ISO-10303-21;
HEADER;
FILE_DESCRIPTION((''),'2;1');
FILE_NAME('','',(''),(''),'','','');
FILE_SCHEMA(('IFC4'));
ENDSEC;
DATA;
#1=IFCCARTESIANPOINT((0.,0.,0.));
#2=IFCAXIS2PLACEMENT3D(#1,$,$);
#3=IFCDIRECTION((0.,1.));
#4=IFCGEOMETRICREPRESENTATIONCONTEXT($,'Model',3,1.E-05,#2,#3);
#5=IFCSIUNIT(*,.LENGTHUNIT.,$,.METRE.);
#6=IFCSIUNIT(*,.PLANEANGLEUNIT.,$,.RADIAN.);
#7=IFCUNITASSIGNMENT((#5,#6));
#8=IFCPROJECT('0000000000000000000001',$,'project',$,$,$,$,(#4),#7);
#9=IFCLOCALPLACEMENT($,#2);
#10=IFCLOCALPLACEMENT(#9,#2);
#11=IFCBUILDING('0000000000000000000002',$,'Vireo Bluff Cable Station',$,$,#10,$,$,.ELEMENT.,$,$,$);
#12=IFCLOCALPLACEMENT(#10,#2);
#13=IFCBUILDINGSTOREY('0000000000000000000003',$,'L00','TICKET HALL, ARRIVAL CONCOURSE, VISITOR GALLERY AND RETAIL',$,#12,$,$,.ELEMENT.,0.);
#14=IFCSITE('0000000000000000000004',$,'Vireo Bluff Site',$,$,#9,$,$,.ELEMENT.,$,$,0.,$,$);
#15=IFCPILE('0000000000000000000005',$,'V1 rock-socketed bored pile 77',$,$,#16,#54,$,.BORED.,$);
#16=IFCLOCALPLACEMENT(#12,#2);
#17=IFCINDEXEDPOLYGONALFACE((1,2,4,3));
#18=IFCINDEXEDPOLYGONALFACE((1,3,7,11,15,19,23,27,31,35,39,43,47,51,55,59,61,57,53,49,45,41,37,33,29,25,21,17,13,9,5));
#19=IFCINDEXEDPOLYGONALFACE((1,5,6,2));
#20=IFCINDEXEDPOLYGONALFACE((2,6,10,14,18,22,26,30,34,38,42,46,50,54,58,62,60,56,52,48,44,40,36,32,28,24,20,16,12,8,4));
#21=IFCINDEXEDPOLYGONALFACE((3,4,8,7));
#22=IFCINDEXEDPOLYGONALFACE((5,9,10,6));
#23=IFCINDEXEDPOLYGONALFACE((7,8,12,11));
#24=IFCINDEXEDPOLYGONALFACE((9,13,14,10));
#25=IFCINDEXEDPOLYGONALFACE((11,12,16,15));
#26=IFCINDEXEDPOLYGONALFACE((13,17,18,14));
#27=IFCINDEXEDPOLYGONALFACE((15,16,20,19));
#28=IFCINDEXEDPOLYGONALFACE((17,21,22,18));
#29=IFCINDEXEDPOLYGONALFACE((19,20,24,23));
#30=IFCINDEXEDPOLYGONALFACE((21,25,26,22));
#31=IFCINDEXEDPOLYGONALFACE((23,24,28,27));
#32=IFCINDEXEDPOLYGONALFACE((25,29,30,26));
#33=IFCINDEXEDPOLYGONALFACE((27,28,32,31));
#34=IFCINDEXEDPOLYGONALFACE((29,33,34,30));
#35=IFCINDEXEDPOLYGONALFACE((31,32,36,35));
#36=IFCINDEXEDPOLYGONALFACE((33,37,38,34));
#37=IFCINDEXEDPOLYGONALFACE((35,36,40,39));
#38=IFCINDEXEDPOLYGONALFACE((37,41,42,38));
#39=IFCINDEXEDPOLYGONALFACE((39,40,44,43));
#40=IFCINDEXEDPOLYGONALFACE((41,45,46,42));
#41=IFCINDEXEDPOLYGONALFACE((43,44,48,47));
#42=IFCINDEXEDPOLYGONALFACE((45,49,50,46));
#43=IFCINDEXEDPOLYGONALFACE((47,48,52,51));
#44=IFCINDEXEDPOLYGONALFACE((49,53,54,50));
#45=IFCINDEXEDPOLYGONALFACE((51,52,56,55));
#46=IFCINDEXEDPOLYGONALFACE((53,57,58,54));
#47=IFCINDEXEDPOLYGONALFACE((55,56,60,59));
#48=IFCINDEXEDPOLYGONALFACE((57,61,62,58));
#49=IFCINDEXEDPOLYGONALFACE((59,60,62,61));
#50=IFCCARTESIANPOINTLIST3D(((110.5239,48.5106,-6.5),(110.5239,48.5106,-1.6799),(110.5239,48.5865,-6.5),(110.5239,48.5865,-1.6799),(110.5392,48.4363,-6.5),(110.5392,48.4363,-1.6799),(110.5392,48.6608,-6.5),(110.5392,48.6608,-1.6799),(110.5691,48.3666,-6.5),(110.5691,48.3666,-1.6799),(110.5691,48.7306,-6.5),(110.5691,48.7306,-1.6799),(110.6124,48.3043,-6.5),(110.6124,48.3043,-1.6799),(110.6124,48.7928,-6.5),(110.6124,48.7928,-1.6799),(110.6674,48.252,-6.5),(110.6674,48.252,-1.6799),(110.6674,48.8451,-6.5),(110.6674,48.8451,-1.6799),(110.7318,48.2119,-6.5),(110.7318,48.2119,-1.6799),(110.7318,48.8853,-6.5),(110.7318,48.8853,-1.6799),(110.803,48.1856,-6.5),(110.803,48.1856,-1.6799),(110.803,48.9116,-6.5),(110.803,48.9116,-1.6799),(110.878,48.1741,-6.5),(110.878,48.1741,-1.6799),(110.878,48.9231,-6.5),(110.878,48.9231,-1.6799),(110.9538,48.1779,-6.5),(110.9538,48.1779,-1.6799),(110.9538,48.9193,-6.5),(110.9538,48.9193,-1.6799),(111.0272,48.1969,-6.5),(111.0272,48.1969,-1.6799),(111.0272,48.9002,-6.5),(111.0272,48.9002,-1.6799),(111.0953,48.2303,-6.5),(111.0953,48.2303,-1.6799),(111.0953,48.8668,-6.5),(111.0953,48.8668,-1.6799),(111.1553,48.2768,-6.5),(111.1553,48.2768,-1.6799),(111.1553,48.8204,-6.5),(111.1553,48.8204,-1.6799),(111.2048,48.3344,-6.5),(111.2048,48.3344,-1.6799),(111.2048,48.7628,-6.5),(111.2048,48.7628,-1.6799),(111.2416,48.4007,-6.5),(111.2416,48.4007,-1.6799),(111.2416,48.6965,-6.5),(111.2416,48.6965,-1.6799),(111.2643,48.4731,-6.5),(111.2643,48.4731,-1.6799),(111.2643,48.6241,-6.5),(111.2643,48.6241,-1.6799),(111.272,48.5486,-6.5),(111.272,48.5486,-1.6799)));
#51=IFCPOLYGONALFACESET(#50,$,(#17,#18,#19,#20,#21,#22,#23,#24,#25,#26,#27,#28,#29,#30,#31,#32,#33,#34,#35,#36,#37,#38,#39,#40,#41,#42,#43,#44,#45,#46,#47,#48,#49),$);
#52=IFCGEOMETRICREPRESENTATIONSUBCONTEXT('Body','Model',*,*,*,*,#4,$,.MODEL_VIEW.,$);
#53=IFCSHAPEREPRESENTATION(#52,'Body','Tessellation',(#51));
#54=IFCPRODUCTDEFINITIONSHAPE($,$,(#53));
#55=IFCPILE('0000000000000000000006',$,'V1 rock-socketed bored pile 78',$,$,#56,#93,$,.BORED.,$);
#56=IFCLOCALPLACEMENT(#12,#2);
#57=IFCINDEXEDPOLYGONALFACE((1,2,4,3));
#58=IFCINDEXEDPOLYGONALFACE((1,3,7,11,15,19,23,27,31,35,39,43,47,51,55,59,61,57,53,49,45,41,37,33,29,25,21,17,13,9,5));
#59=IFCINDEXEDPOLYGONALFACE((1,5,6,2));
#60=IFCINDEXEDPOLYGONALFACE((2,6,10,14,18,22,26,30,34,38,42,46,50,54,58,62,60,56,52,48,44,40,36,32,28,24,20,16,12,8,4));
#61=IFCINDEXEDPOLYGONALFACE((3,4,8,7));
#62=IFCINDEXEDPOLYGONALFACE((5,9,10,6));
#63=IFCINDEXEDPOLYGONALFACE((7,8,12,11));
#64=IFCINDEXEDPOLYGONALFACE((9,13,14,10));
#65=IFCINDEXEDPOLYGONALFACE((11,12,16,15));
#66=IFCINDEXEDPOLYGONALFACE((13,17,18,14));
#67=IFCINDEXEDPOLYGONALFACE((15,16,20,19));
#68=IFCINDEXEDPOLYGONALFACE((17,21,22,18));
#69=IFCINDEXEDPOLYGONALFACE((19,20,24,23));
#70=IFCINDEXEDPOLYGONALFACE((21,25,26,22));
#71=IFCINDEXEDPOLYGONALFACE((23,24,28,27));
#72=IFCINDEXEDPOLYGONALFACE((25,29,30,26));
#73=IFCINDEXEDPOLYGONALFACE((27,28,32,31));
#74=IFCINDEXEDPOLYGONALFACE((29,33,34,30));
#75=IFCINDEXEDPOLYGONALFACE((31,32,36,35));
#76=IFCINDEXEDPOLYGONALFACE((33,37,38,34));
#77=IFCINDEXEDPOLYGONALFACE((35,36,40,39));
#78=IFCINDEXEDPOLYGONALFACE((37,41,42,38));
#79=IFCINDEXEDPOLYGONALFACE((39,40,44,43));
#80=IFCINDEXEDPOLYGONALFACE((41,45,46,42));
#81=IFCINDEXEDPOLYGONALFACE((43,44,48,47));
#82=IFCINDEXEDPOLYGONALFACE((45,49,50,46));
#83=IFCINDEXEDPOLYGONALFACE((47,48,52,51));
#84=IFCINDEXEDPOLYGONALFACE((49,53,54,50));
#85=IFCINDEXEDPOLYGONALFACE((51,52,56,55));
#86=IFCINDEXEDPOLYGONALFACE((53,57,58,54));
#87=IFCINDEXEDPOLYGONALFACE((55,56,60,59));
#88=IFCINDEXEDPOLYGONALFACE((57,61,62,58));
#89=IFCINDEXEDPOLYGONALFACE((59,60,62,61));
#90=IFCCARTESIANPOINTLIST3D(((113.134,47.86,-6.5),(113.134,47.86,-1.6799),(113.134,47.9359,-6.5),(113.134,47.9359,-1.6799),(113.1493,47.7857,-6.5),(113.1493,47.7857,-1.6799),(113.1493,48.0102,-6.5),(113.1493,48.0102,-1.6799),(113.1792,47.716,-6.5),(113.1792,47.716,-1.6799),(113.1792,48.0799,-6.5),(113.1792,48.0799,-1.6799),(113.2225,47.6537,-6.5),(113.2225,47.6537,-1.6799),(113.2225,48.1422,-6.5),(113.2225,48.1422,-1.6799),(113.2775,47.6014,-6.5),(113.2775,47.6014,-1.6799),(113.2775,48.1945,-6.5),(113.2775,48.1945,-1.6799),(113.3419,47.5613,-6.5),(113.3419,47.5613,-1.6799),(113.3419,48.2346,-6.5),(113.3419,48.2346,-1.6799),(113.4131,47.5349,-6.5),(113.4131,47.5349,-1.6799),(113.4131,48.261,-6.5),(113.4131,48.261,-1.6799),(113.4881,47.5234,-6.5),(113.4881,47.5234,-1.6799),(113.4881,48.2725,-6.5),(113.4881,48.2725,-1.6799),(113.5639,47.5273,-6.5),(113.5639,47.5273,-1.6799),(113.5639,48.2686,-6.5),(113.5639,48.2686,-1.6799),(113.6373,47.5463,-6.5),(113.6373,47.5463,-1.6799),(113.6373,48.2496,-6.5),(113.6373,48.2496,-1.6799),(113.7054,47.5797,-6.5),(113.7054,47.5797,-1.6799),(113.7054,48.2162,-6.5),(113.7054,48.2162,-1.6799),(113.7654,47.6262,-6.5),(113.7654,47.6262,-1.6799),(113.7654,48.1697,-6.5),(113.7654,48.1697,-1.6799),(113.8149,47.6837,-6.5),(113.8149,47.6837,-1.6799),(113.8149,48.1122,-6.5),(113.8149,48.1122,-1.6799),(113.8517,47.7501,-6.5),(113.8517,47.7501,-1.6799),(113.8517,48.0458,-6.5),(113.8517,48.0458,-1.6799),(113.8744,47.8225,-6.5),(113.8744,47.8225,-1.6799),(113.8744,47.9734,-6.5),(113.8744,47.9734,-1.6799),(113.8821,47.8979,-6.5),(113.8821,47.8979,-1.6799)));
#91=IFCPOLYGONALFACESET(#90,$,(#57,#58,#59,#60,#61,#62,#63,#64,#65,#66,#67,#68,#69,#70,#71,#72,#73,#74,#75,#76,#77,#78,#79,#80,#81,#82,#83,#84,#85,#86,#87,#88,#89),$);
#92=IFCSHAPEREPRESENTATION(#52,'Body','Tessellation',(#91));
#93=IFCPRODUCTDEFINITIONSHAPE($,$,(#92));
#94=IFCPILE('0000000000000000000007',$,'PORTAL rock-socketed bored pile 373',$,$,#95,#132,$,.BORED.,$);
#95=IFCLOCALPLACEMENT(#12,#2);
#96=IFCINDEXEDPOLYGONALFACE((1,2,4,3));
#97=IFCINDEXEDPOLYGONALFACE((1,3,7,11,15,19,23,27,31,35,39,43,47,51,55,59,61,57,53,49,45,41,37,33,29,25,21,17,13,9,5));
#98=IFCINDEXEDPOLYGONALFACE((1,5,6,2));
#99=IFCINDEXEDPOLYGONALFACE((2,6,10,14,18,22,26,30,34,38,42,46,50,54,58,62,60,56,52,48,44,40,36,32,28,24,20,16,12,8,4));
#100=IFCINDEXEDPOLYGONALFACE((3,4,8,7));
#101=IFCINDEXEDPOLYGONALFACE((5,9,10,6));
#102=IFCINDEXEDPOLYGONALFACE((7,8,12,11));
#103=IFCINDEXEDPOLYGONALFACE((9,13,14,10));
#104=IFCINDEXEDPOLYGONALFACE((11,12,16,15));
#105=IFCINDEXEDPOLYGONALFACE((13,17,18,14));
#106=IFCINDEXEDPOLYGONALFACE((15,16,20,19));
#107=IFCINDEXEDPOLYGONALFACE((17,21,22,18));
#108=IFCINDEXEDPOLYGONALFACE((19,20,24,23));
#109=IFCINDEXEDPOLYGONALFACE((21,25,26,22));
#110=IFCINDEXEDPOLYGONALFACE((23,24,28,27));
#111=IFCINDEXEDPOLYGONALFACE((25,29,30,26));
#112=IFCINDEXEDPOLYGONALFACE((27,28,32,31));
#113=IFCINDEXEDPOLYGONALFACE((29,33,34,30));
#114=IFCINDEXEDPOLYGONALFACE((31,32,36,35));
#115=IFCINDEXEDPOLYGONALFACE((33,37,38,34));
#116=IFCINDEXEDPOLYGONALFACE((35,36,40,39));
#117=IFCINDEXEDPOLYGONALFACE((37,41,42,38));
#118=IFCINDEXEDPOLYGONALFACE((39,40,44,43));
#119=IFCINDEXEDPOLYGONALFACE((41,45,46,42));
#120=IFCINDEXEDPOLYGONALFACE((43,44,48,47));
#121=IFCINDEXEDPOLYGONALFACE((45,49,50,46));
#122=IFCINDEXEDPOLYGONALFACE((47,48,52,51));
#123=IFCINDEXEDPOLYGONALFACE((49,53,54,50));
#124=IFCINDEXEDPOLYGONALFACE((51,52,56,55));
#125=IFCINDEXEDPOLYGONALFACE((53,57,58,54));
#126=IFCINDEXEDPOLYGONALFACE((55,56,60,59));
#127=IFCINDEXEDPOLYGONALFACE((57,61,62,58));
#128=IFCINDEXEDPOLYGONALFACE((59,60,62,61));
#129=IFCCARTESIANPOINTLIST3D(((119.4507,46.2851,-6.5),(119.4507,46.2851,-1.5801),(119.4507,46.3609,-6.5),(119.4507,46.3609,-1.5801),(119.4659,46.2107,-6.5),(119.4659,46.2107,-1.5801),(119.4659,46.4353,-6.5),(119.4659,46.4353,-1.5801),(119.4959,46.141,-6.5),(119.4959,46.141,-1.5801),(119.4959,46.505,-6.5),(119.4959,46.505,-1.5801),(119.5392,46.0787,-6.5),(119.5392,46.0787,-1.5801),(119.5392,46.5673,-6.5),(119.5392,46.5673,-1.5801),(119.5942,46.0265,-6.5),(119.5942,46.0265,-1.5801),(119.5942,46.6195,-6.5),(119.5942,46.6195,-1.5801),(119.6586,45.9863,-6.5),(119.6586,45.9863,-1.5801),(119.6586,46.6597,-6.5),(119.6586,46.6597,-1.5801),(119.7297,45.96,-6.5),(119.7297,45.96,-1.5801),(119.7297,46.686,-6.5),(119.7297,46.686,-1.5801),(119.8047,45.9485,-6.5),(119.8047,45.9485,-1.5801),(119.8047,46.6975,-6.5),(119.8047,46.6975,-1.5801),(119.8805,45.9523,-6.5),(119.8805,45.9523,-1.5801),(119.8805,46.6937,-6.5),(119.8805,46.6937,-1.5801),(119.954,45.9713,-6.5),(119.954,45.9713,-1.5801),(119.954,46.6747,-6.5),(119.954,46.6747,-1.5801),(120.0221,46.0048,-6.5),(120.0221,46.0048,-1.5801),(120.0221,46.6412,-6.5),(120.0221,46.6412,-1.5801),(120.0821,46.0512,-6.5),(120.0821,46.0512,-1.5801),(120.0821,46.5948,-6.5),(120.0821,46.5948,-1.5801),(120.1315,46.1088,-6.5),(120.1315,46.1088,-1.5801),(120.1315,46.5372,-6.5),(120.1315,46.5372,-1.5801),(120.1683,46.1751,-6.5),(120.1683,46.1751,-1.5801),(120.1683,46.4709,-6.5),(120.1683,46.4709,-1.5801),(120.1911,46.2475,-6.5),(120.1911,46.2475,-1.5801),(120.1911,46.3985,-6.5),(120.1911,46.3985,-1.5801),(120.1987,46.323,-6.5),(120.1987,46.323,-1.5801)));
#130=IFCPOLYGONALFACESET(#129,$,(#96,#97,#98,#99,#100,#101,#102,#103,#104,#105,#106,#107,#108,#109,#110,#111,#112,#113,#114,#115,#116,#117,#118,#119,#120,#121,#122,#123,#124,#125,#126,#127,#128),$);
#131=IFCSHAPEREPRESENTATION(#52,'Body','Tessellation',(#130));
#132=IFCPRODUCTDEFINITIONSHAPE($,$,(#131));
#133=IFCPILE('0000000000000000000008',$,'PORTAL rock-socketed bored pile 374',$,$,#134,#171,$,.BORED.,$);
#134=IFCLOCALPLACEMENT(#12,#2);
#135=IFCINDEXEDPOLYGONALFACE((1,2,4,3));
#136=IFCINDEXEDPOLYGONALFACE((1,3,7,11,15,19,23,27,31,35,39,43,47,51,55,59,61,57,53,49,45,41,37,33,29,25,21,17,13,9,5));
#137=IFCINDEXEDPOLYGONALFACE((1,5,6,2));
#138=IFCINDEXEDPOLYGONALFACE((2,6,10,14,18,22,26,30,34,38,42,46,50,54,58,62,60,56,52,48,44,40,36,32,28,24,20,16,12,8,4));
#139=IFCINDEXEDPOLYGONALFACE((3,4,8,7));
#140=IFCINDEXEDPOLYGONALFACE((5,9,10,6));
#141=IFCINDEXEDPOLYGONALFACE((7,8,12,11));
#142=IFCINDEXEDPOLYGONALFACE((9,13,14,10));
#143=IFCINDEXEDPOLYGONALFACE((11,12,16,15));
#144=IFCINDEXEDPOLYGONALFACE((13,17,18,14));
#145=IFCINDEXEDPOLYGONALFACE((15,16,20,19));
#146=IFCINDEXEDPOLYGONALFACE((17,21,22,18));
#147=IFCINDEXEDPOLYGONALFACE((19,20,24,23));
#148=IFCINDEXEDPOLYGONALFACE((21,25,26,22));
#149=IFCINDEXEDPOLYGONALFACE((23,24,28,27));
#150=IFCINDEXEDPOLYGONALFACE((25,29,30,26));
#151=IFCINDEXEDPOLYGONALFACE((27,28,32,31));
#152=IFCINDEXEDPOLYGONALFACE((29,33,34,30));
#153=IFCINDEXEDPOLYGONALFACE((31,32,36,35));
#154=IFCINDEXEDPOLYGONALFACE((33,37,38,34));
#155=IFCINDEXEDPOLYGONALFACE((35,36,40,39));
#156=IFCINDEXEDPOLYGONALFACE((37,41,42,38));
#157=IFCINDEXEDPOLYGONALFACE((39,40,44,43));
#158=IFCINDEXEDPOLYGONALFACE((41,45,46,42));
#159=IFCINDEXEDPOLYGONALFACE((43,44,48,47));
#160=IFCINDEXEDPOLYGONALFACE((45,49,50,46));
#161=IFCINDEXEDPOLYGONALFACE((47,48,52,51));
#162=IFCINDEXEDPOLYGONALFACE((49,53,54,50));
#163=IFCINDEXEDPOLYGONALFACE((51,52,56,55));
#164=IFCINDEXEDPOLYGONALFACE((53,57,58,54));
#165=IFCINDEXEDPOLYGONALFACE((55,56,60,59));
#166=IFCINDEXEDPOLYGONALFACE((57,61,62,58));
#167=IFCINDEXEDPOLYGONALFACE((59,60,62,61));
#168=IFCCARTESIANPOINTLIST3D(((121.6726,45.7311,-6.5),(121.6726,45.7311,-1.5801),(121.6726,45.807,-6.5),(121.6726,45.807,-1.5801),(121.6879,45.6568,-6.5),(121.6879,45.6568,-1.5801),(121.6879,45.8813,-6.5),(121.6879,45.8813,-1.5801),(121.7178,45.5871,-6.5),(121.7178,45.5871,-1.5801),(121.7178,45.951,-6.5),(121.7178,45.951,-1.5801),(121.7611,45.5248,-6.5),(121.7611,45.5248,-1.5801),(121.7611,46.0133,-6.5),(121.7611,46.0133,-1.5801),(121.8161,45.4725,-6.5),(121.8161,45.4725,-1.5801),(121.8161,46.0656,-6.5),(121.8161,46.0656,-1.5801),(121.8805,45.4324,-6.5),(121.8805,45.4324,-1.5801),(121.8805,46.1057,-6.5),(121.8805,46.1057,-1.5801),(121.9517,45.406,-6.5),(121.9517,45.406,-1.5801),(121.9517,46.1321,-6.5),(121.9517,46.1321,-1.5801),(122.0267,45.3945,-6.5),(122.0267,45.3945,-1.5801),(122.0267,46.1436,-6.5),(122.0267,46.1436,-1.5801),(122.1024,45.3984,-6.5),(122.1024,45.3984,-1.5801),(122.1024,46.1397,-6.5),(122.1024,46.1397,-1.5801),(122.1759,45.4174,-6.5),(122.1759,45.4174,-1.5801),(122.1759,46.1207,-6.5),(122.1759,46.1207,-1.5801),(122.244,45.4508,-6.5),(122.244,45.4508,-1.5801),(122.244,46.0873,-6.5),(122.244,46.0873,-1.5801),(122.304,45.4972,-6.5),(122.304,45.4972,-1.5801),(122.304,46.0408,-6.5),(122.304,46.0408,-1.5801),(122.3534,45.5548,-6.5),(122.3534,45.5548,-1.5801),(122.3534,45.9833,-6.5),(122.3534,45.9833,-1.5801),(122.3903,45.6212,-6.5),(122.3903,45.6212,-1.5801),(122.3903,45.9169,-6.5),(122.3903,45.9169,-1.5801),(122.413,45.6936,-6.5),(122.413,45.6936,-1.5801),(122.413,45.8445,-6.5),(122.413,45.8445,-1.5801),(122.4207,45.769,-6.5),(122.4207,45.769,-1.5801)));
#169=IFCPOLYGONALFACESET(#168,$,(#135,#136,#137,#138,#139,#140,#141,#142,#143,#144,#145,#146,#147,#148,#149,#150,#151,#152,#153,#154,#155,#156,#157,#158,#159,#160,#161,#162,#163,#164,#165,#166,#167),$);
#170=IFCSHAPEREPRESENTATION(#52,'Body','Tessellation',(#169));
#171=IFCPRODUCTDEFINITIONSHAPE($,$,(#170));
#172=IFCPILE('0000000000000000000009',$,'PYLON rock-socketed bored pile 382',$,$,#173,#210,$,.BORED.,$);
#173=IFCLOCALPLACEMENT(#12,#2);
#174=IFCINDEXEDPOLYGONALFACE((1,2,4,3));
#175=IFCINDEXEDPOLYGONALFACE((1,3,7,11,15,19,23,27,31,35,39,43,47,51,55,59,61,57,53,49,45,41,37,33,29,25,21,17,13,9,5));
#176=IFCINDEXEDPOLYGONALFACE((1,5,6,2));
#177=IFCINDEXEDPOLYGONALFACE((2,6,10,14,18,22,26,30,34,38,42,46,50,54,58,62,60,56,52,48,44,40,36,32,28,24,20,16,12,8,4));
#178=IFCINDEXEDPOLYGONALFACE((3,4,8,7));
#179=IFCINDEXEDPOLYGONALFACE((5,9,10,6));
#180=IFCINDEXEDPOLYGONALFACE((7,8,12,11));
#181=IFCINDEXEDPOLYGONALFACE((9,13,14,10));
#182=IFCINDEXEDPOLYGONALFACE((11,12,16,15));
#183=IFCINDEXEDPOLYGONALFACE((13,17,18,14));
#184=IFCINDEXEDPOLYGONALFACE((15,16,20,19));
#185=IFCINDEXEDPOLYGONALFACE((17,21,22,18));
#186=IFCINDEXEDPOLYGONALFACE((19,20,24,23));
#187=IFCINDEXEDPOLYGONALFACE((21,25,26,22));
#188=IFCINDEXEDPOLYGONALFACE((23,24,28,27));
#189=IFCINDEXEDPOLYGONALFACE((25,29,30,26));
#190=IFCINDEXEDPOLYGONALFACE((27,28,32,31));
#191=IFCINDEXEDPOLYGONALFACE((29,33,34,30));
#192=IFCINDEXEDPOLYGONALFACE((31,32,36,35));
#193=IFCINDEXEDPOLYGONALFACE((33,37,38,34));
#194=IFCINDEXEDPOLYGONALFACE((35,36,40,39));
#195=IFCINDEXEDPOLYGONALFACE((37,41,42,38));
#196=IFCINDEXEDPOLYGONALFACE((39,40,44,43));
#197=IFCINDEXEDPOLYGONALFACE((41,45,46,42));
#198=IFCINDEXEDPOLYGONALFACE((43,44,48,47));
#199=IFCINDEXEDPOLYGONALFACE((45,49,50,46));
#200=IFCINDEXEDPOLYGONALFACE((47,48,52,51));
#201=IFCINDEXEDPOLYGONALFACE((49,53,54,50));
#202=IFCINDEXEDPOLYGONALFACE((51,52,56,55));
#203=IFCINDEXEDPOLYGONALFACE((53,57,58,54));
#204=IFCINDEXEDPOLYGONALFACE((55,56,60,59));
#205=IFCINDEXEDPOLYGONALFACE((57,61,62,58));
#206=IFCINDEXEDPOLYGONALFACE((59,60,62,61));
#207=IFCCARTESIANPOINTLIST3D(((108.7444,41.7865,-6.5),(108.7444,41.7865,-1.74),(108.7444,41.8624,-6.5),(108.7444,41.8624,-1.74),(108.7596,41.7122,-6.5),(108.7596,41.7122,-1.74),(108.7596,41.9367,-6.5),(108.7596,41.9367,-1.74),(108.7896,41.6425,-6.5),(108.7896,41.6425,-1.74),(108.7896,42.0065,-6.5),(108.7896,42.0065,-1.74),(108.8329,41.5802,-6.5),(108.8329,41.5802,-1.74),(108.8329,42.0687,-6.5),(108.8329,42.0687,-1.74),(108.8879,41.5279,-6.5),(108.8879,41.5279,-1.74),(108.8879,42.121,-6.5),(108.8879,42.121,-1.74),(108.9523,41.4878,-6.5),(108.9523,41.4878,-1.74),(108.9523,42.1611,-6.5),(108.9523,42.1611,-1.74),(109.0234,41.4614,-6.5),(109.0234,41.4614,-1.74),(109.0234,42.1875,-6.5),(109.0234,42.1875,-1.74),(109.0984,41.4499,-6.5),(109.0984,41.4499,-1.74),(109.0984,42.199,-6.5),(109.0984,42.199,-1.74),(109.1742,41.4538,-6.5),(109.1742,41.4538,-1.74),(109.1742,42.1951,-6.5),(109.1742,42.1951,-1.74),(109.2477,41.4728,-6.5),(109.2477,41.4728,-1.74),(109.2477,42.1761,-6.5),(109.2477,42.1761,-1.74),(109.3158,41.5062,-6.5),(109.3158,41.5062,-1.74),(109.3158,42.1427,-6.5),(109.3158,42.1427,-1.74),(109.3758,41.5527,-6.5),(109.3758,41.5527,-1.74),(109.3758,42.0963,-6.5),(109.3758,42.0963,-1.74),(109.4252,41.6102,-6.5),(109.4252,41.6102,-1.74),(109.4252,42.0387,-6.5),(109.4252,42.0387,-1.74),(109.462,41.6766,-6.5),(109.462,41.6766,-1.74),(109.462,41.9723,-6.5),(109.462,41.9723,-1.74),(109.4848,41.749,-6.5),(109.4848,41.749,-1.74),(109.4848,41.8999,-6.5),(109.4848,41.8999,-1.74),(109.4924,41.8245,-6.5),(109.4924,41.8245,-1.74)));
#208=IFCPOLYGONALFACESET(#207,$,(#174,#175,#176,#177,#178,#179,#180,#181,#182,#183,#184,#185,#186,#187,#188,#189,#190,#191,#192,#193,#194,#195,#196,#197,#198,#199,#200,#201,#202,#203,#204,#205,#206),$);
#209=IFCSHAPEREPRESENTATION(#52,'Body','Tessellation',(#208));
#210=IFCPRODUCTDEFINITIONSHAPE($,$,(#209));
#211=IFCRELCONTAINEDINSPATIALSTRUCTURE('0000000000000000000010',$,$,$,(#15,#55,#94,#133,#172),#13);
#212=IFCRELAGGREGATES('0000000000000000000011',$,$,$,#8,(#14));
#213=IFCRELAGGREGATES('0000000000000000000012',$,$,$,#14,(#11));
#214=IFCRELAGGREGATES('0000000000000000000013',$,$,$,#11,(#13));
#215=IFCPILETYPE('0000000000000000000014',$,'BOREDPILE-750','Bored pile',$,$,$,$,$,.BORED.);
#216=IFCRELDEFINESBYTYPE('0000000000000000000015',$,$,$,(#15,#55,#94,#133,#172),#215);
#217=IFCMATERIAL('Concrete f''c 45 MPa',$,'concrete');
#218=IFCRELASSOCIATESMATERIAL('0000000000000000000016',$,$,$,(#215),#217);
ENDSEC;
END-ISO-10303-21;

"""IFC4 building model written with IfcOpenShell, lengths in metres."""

from ifc_helpers import new_model, si_unit, direction, frame, origin, origin_2d, place, context, subcontext, project, spatial, circle, extrude, material, material_profile, profile_set, type_object, element, save


model = new_model("IFC4")

# Units and contexts
model_context = context("Model", 3, precision=1e-05, world=origin(), true_north=direction((0.0, 1.0)))
body_context = subcontext(model_context, "Body", "Model", "MODEL_VIEW")
ifc_project = project(units=[si_unit("LENGTHUNIT", "METRE"), si_unit("PLANEANGLEUNIT", "RADIAN")], contexts=[model_context])

# Site, building, storey
site_placement = place(None, origin())
site = spatial("IfcSite", under=ifc_project, at=site_placement, Name="Vireo Bluff Site", CompositionType="ELEMENT", RefElevation=0.0)
building_placement = place(site_placement, origin())
building = spatial("IfcBuilding", under=site, at=building_placement, Name="Vireo Bluff Cable Station", CompositionType="ELEMENT")
storey_placement = place(building_placement, origin())
storey = spatial("IfcBuildingStorey", under=building, at=storey_placement, Name="L00", Description="TICKET HALL, ARRIVAL CONCOURSE, VISITOR GALLERY AND RETAIL", CompositionType="ELEMENT", Elevation=0.0)

# Piles
ifc_material_1 = material(Name="Concrete f'c 45 MPa", Category="concrete")
ifc_material_profile_1 = material_profile(ifc_material_1, circle(Radius=0.375, at=origin_2d()), Name="BOREDPILE-750")
ifc_profile_set_1 = profile_set([ifc_material_profile_1], Name="Concrete f'c 45 MPa")
pile_type = type_object("IfcPileType", Name="BOREDPILE-750", Description="Bored pile", PredefinedType="BORED", material=ifc_profile_set_1)
for number, where, z_axis, x_axis, name in (
    (1, (110.897, 48.5486, -1.6799), (0.0, 0.0, -1.0), (1.0, 0.0, 0.0), "V1 rock-socketed bored pile 77"),
    (2, (113.5071, 47.8979, -1.6799), (0.0, 0.0, -1.0), (1.0, 0.0, 0.0), "V1 rock-socketed bored pile 78"),
):
    element("IfcPile", number, at=place(storey_placement, frame(where, z_axis=z_axis, x_axis=x_axis)), inside=storey, type_object=pile_type, Name=name, PredefinedType="BORED", context=body_context, shape_type="SweptSolid", body=[
        extrude(circle(Radius=0.375, at=origin_2d()), origin(), (0.0, 0.0, 1.0), 4.8201),
    ])
for number, where, z_axis, x_axis, name in (
    (3, (119.8237, 46.323, -1.5801), (0.0, 0.0, -1.0), (1.0, 0.0, 0.0), "PORTAL rock-socketed bored pile 373"),
    (4, (122.0457, 45.769, -1.5801), (0.0, 0.0, -1.0), (1.0, 0.0, 0.0), "PORTAL rock-socketed bored pile 374"),
):
    element("IfcPile", number, at=place(storey_placement, frame(where, z_axis=z_axis, x_axis=x_axis)), inside=storey, type_object=pile_type, Name=name, PredefinedType="BORED", context=body_context, shape_type="SweptSolid", body=[
        extrude(circle(Radius=0.375, at=origin_2d()), origin(), (0.0, 0.0, 1.0), 4.9199),
    ])
pile_placement = place(storey_placement, frame((109.1174, 41.8245, -1.74), z_axis=(0.0, 0.0, -1.0), x_axis=(1.0, 0.0, 0.0)))
element("IfcPile", 5, at=pile_placement, inside=storey, type_object=pile_type, Name="PYLON rock-socketed bored pile 382", PredefinedType="BORED", context=body_context, shape_type="SweptSolid", body=[
    extrude(circle(Radius=0.375, at=origin_2d()), origin(), (0.0, 0.0, 1.0), 4.76),
])

save(model, "model.ifc")
